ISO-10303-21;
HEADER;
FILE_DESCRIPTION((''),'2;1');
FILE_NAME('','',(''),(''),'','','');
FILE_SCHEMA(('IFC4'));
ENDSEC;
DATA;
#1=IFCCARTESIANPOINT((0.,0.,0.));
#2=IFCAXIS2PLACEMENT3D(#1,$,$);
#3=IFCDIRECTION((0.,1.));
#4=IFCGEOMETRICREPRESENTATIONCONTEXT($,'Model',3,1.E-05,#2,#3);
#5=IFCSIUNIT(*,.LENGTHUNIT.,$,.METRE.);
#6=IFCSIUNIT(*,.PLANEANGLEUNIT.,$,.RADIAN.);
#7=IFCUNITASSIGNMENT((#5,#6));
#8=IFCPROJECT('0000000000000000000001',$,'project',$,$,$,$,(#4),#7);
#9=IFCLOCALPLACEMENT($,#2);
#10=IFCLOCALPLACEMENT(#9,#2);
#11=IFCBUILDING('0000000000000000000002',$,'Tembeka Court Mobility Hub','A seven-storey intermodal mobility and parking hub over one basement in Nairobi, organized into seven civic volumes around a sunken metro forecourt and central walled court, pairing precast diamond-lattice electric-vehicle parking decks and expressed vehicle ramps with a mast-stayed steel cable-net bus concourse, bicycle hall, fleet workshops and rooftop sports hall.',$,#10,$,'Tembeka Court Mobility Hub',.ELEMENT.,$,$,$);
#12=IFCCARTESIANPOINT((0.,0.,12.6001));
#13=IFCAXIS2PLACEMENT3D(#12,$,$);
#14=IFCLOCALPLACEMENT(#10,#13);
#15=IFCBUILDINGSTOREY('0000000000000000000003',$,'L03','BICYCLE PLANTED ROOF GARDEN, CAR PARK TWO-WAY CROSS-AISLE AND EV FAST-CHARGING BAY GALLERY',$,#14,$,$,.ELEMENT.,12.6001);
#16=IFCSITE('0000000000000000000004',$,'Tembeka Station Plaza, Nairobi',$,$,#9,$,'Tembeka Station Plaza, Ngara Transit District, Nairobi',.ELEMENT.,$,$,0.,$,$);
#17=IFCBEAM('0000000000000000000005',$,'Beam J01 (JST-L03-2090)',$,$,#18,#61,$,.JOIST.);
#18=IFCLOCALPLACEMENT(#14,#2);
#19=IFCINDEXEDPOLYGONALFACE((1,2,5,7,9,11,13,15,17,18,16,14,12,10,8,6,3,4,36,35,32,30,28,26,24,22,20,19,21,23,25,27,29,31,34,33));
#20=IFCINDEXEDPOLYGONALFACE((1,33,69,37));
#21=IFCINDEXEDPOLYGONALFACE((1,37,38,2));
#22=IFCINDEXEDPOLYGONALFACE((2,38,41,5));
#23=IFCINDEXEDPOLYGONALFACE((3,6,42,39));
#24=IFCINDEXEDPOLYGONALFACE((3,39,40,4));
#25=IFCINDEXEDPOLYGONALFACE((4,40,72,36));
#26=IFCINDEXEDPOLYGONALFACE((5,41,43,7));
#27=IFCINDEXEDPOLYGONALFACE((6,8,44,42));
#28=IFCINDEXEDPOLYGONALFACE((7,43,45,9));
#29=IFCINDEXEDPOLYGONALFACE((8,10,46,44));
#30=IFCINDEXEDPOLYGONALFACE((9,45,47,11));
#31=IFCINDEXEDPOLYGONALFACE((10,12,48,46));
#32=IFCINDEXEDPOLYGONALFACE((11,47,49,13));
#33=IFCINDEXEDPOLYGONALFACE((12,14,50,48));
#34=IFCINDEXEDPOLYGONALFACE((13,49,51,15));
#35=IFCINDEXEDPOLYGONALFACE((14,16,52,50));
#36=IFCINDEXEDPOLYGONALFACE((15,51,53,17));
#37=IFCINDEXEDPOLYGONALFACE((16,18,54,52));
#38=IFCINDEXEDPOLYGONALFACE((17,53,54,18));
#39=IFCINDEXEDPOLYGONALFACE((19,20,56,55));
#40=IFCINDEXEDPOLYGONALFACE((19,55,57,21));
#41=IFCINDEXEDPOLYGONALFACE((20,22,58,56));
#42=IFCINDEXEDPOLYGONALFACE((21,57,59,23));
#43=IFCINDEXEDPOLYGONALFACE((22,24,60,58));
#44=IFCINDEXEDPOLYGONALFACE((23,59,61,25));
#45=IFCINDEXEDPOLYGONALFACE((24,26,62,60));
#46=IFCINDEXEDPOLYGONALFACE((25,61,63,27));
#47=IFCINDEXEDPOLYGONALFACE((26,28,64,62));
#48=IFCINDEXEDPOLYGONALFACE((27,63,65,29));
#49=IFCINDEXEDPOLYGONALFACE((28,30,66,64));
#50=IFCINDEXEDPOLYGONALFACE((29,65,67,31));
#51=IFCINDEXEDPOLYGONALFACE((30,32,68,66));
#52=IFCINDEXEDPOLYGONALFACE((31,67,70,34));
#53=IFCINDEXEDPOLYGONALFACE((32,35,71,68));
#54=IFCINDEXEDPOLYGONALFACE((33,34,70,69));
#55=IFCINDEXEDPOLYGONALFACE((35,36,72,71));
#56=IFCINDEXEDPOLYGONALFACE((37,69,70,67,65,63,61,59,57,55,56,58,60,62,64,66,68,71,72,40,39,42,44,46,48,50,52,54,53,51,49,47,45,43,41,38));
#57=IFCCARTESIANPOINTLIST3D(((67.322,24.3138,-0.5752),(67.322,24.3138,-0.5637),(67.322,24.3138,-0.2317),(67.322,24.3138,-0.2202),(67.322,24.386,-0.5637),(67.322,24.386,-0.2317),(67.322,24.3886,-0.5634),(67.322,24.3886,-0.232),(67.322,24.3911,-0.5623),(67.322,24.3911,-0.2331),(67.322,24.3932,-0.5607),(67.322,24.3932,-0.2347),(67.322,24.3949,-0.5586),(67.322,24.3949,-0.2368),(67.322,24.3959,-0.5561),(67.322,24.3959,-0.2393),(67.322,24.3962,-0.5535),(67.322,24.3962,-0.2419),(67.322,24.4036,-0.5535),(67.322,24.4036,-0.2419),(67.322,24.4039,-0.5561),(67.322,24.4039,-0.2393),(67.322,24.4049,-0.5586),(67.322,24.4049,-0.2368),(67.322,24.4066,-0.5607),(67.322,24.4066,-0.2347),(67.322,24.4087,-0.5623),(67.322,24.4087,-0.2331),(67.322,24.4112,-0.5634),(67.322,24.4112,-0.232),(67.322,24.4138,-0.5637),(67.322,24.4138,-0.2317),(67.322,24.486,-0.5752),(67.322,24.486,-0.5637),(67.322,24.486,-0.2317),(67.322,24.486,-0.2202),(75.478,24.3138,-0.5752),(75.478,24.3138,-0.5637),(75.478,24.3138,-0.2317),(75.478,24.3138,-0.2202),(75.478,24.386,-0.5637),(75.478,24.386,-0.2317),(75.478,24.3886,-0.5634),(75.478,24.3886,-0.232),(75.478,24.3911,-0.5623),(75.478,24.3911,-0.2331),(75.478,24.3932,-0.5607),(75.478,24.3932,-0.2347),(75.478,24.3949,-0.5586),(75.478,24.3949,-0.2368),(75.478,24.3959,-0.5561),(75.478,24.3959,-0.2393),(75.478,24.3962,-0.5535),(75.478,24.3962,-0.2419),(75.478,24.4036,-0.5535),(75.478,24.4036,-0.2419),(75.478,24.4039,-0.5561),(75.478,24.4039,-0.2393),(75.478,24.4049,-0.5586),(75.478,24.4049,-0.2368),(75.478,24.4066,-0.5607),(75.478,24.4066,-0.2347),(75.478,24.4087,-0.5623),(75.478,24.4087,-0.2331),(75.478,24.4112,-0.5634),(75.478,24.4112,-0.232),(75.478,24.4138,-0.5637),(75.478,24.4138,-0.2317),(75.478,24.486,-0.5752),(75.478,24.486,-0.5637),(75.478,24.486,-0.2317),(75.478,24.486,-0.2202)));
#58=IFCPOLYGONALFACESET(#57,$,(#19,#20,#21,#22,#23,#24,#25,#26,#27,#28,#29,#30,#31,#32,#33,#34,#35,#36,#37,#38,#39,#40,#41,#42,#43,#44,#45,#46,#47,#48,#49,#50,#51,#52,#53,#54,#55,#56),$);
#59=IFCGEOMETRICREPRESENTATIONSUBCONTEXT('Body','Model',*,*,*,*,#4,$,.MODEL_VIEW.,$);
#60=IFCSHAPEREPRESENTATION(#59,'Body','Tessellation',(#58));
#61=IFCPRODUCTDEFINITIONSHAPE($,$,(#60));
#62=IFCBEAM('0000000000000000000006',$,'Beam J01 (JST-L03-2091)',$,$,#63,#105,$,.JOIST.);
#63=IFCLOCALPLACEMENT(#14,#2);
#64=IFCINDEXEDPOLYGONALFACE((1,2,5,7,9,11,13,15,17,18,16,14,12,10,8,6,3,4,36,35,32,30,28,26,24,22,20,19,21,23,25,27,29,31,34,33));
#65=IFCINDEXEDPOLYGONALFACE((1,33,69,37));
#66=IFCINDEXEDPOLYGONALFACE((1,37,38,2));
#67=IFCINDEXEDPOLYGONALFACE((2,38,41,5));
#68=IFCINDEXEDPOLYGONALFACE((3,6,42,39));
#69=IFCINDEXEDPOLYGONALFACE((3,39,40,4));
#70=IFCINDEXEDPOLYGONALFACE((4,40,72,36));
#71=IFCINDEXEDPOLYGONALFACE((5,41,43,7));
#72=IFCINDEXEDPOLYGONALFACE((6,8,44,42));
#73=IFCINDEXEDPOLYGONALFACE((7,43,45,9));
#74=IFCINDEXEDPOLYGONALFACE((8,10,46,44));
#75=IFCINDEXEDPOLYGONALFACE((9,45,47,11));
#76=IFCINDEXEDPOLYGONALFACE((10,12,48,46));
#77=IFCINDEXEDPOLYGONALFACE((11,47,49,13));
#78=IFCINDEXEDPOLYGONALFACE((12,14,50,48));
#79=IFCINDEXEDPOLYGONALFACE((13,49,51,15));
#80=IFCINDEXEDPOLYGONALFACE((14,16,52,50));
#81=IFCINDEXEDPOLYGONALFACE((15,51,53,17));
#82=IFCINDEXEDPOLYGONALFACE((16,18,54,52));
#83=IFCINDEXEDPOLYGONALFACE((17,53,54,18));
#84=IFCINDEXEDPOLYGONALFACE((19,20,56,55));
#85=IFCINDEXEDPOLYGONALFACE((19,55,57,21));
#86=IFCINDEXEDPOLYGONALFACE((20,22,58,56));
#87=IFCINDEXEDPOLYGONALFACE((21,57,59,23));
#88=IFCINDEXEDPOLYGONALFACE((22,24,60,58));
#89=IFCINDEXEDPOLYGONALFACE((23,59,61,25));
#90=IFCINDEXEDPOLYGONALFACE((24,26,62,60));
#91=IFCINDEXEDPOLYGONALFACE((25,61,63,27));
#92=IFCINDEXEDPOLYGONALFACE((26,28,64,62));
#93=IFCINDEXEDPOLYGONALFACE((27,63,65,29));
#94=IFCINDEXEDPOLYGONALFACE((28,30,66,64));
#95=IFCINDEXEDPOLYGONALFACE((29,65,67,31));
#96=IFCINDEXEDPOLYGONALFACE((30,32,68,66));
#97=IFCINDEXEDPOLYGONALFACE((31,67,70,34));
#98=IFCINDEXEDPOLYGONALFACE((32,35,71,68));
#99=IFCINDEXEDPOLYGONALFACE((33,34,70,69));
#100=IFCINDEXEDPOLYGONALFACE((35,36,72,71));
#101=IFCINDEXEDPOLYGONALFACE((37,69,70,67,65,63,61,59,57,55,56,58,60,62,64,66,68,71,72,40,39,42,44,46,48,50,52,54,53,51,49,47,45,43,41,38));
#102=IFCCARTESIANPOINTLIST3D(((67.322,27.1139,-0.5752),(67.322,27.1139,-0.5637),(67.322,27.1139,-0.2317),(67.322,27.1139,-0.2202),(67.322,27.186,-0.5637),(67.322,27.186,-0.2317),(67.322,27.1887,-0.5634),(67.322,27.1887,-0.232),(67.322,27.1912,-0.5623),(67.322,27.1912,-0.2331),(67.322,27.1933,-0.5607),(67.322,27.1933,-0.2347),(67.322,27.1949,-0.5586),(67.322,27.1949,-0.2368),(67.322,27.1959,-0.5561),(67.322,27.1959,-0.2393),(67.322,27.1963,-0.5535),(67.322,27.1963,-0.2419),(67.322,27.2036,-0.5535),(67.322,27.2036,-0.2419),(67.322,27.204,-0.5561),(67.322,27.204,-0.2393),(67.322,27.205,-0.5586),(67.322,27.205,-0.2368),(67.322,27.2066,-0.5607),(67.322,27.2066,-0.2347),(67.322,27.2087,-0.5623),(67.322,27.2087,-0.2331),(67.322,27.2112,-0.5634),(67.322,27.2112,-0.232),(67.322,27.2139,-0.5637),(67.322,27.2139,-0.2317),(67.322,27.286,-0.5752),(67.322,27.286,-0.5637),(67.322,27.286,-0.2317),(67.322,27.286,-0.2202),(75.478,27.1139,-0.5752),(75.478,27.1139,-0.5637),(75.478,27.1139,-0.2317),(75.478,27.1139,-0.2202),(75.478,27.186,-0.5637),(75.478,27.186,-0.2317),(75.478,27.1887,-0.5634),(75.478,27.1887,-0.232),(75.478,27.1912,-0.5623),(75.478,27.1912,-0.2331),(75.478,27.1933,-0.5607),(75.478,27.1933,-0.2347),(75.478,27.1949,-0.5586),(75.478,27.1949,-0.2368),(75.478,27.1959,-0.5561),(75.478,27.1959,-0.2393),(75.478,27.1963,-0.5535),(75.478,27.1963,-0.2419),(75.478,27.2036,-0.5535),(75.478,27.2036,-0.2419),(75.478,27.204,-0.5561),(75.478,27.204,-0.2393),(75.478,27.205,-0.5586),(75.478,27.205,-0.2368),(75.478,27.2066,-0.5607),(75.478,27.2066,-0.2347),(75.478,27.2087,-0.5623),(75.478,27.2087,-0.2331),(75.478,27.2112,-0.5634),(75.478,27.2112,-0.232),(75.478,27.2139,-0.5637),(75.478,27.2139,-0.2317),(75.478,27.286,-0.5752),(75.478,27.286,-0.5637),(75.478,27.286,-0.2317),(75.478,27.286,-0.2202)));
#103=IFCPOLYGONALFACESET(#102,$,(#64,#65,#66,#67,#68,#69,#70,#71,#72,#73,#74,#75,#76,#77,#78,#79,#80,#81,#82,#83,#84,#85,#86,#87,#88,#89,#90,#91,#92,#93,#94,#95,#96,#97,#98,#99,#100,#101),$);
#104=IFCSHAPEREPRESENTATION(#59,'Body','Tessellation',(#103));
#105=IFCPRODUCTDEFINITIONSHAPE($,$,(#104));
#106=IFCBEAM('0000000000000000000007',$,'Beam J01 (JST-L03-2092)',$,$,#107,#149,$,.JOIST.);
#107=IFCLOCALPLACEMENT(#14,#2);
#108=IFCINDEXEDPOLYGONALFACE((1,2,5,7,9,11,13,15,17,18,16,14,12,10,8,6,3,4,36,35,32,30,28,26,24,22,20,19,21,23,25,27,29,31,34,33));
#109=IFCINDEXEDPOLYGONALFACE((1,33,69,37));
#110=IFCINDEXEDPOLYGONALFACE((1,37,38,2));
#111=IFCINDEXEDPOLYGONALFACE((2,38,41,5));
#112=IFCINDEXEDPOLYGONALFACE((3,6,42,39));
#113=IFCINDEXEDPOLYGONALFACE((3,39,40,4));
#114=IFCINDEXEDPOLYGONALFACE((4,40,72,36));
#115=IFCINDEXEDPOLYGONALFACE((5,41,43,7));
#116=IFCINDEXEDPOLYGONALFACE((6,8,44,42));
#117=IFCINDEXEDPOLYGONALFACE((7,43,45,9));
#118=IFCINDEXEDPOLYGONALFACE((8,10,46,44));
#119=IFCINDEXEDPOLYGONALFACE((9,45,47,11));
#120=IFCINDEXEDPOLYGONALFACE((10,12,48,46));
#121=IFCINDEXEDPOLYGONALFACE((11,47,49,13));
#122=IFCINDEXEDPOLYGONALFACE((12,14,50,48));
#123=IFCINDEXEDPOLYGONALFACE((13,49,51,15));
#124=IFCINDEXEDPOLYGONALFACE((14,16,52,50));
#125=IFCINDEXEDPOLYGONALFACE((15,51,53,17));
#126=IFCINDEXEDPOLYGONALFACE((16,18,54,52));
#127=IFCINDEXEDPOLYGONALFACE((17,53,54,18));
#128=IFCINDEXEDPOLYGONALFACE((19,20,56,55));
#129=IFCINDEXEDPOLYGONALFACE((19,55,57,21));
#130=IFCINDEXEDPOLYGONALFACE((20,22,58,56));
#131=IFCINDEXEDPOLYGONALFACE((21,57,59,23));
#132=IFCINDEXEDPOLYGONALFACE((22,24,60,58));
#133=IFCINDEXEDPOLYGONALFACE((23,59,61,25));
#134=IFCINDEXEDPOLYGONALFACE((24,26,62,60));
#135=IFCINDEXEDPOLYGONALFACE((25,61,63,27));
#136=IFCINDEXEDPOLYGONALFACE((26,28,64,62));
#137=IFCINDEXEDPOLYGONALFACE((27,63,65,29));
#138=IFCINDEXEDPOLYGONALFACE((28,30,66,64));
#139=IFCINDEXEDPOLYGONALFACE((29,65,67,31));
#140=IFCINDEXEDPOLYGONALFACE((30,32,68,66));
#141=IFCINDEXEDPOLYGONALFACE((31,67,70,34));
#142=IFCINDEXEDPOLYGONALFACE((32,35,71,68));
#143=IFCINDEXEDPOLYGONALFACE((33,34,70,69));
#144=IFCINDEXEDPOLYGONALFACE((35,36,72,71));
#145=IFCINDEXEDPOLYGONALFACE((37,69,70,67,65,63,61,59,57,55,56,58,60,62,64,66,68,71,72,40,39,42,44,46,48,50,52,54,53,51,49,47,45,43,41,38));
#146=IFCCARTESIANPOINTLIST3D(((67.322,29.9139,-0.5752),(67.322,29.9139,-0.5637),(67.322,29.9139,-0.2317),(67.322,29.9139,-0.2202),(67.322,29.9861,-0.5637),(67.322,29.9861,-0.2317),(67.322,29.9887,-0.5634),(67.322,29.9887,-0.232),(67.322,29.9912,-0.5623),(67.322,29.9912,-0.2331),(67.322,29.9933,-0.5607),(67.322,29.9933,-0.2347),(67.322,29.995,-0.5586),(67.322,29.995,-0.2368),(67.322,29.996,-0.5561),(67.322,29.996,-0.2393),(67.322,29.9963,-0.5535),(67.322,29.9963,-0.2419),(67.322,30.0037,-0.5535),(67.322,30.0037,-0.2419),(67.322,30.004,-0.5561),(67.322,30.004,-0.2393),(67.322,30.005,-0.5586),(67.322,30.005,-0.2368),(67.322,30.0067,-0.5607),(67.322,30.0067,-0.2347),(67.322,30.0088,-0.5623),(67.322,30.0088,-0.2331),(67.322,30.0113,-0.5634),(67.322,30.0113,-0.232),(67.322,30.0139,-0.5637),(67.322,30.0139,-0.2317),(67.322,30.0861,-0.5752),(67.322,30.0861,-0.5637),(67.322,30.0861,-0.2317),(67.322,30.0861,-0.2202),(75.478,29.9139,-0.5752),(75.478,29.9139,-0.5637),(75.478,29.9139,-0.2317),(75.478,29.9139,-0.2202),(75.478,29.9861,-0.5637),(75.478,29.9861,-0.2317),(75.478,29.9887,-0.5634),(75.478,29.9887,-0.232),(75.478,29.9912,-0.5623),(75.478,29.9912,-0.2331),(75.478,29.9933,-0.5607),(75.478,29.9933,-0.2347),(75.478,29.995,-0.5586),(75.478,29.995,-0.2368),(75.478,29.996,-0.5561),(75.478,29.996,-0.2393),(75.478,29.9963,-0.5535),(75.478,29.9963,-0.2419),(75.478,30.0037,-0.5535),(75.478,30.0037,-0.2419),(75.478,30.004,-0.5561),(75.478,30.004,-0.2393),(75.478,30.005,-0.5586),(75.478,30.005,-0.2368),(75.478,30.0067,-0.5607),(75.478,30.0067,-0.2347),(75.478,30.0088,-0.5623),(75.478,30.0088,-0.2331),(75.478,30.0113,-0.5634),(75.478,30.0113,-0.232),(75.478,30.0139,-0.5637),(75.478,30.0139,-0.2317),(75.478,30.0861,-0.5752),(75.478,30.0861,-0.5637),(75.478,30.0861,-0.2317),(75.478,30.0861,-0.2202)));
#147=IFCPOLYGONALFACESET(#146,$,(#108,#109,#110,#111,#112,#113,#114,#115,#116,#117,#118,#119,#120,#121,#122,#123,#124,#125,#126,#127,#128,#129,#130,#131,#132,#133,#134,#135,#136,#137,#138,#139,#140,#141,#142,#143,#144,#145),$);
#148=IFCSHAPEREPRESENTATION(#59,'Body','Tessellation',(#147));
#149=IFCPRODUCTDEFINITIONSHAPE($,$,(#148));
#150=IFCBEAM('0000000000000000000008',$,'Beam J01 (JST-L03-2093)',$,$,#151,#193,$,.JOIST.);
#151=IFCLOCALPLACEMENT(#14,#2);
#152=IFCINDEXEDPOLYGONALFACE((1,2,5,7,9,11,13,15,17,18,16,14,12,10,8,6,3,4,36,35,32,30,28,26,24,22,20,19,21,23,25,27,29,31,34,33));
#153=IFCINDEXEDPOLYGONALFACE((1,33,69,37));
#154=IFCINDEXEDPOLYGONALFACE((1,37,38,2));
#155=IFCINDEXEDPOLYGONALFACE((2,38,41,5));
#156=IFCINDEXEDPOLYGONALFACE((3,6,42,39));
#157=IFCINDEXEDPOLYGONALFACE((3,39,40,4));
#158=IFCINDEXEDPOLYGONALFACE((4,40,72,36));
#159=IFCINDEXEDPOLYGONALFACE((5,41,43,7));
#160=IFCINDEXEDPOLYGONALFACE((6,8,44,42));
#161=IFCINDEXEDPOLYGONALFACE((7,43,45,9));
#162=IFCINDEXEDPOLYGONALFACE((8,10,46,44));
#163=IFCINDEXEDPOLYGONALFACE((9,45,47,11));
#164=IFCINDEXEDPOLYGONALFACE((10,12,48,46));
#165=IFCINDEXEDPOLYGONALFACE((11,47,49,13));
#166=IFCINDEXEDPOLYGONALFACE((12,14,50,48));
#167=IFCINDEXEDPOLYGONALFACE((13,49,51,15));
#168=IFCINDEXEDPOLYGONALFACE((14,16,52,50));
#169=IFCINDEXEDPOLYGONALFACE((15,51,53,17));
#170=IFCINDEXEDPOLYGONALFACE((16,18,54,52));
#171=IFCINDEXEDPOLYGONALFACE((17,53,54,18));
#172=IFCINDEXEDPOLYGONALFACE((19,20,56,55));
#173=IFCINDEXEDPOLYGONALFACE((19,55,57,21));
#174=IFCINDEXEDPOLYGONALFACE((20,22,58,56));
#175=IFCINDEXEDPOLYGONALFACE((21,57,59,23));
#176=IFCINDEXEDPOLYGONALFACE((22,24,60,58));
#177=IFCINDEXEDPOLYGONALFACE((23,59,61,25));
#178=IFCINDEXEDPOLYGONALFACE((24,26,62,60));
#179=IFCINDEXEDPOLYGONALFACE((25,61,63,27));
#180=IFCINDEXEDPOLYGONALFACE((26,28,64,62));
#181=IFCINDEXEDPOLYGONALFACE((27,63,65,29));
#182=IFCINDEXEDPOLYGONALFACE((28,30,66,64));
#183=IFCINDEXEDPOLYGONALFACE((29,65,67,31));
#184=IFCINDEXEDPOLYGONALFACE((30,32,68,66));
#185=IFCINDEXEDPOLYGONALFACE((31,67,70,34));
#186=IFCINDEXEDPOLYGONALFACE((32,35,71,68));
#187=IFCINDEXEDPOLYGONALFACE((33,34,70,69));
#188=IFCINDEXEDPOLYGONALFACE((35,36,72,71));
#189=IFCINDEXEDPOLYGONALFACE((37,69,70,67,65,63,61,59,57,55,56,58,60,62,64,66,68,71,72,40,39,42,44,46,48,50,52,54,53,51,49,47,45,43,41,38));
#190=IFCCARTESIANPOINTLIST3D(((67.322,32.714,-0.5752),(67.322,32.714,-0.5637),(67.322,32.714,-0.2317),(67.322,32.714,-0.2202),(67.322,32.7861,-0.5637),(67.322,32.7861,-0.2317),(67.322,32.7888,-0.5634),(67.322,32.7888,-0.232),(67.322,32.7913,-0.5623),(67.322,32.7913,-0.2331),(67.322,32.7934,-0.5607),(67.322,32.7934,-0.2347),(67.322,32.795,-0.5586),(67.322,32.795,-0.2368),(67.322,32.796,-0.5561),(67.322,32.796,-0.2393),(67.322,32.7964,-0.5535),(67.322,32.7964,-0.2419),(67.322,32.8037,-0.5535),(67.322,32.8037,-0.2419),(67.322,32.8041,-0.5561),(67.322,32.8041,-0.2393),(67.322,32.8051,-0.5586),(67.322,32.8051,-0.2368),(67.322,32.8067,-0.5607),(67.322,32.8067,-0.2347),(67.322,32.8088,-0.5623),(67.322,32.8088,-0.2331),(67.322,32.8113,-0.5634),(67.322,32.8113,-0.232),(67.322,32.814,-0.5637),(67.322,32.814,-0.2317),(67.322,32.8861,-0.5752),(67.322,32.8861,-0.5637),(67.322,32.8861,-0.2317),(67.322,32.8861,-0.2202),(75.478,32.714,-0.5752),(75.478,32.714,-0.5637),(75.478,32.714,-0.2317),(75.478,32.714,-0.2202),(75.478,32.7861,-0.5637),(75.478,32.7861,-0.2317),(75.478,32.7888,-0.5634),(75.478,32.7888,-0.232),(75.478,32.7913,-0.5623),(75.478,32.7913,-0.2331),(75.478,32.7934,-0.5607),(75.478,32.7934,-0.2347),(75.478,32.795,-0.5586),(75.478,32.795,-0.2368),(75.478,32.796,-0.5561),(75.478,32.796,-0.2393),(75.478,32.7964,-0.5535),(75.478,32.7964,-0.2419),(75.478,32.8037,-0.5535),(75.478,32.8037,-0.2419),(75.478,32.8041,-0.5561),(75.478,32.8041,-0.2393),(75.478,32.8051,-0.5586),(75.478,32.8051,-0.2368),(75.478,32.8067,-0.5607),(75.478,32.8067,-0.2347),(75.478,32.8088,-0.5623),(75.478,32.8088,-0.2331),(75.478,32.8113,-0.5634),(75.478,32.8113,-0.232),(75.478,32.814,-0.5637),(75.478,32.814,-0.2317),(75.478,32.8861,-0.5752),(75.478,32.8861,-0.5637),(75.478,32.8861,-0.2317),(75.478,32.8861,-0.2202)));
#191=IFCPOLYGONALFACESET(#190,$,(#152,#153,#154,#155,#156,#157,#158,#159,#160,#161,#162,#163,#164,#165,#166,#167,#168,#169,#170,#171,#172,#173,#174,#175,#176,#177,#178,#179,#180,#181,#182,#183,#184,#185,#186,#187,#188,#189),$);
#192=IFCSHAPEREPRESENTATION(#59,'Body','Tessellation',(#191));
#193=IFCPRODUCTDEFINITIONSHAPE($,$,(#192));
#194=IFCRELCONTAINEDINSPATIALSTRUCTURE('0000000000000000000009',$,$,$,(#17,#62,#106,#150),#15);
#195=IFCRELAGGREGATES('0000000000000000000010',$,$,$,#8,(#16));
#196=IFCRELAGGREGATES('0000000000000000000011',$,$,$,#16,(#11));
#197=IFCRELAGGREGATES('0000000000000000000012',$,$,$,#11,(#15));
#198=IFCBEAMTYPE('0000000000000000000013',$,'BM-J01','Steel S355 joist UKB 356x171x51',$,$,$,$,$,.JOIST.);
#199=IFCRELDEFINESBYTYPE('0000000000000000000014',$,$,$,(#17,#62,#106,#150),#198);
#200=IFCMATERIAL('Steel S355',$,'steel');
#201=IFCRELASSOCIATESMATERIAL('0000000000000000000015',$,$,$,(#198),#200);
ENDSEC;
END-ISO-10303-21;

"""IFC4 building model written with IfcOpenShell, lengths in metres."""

from ifc_helpers import new_model, si_unit, direction, frame, origin, origin_2d, place, context, subcontext, project, spatial, i_section, extrude, material, material_profile, profile_set, type_object, element, save


model = new_model("IFC4")

# Units and contexts
model_context = context("Model", 3, precision=1e-05, world=origin(), true_north=direction((0.0, 1.0)))
body_context = subcontext(model_context, "Body", "Model", "MODEL_VIEW")
ifc_project = project(units=[si_unit("LENGTHUNIT", "METRE"), si_unit("PLANEANGLEUNIT", "RADIAN")], contexts=[model_context])

# Site, building, storey
site_placement = place(None, origin())
site = spatial("IfcSite", under=ifc_project, at=site_placement, Name="Tembeka Station Plaza, Nairobi", LongName="Tembeka Station Plaza, Ngara Transit District, Nairobi", CompositionType="ELEMENT", RefElevation=0.0)
building_placement = place(site_placement, origin())
building = spatial("IfcBuilding", under=site, at=building_placement, Name="Tembeka Court Mobility Hub", Description="A seven-storey intermodal mobility and parking hub over one basement in Nairobi, organized into seven civic volumes around a sunken metro forecourt and central walled court, pairing precast diamond-lattice electric-vehicle parking decks and expressed vehicle ramps with a mast-stayed steel cable-net bus concourse, bicycle hall, fleet workshops and rooftop sports hall.", LongName="Tembeka Court Mobility Hub", CompositionType="ELEMENT")
storey_placement = place(building_placement, frame((0.0, 0.0, 12.6001)))
storey = spatial("IfcBuildingStorey", under=building, at=storey_placement, Name="L03", Description="BICYCLE PLANTED ROOF GARDEN, CAR PARK TWO-WAY CROSS-AISLE AND EV FAST-CHARGING BAY GALLERY", CompositionType="ELEMENT", Elevation=12.6001)

# Shared definitions
ifc_material_1 = material(Name="Steel S355", Category="steel")

# Beams
ifc_material_profile_1 = material_profile(ifc_material_1, i_section(OverallWidth=0.1721, OverallDepth=0.355, WebThickness=0.0073, FlangeThickness=0.0115, FilletRadius=0.0103, at=origin_2d()), Name="UKB 356x171x51")
ifc_profile_set_1 = profile_set([ifc_material_profile_1], Name="Steel S355")
beam_type_1 = type_object("IfcBeamType", Name="BM-J01", Description="Steel S355 joist UKB 356x171x51", PredefinedType="JOIST", material=ifc_profile_set_1)
for number, where, z_axis, x_axis, name in (
    (1, (67.322, 24.3999, -0.3977), (1.0, 0.0, 0.0), (0.0, 1.0, 0.0), "Beam J01 (JST-L03-2090)"),
    (2, (67.322, 27.2, -0.3977), (1.0, 0.0, 0.0), (0.0, 1.0, 0.0), "Beam J01 (JST-L03-2091)"),
    (3, (67.322, 30.0, -0.3977), (1.0, 0.0, 0.0), (0.0, 1.0, 0.0), "Beam J01 (JST-L03-2092)"),
    (4, (67.322, 32.8, -0.3977), (1.0, 0.0, 0.0), (0.0, 1.0, 0.0), "Beam J01 (JST-L03-2093)"),
):
    element("IfcBeam", number, at=place(storey_placement, frame(where, z_axis=z_axis, x_axis=x_axis)), inside=storey, type_object=beam_type_1, Name=name, PredefinedType="JOIST", context=body_context, shape_type="SweptSolid", body=[
        extrude(i_section(OverallWidth=0.1721, OverallDepth=0.355, WebThickness=0.0073, FlangeThickness=0.0115, FilletRadius=0.0103, at=origin_2d()), origin(), (0.0, 0.0, 1.0), 8.156),
    ])

save(model, "model.ifc")
